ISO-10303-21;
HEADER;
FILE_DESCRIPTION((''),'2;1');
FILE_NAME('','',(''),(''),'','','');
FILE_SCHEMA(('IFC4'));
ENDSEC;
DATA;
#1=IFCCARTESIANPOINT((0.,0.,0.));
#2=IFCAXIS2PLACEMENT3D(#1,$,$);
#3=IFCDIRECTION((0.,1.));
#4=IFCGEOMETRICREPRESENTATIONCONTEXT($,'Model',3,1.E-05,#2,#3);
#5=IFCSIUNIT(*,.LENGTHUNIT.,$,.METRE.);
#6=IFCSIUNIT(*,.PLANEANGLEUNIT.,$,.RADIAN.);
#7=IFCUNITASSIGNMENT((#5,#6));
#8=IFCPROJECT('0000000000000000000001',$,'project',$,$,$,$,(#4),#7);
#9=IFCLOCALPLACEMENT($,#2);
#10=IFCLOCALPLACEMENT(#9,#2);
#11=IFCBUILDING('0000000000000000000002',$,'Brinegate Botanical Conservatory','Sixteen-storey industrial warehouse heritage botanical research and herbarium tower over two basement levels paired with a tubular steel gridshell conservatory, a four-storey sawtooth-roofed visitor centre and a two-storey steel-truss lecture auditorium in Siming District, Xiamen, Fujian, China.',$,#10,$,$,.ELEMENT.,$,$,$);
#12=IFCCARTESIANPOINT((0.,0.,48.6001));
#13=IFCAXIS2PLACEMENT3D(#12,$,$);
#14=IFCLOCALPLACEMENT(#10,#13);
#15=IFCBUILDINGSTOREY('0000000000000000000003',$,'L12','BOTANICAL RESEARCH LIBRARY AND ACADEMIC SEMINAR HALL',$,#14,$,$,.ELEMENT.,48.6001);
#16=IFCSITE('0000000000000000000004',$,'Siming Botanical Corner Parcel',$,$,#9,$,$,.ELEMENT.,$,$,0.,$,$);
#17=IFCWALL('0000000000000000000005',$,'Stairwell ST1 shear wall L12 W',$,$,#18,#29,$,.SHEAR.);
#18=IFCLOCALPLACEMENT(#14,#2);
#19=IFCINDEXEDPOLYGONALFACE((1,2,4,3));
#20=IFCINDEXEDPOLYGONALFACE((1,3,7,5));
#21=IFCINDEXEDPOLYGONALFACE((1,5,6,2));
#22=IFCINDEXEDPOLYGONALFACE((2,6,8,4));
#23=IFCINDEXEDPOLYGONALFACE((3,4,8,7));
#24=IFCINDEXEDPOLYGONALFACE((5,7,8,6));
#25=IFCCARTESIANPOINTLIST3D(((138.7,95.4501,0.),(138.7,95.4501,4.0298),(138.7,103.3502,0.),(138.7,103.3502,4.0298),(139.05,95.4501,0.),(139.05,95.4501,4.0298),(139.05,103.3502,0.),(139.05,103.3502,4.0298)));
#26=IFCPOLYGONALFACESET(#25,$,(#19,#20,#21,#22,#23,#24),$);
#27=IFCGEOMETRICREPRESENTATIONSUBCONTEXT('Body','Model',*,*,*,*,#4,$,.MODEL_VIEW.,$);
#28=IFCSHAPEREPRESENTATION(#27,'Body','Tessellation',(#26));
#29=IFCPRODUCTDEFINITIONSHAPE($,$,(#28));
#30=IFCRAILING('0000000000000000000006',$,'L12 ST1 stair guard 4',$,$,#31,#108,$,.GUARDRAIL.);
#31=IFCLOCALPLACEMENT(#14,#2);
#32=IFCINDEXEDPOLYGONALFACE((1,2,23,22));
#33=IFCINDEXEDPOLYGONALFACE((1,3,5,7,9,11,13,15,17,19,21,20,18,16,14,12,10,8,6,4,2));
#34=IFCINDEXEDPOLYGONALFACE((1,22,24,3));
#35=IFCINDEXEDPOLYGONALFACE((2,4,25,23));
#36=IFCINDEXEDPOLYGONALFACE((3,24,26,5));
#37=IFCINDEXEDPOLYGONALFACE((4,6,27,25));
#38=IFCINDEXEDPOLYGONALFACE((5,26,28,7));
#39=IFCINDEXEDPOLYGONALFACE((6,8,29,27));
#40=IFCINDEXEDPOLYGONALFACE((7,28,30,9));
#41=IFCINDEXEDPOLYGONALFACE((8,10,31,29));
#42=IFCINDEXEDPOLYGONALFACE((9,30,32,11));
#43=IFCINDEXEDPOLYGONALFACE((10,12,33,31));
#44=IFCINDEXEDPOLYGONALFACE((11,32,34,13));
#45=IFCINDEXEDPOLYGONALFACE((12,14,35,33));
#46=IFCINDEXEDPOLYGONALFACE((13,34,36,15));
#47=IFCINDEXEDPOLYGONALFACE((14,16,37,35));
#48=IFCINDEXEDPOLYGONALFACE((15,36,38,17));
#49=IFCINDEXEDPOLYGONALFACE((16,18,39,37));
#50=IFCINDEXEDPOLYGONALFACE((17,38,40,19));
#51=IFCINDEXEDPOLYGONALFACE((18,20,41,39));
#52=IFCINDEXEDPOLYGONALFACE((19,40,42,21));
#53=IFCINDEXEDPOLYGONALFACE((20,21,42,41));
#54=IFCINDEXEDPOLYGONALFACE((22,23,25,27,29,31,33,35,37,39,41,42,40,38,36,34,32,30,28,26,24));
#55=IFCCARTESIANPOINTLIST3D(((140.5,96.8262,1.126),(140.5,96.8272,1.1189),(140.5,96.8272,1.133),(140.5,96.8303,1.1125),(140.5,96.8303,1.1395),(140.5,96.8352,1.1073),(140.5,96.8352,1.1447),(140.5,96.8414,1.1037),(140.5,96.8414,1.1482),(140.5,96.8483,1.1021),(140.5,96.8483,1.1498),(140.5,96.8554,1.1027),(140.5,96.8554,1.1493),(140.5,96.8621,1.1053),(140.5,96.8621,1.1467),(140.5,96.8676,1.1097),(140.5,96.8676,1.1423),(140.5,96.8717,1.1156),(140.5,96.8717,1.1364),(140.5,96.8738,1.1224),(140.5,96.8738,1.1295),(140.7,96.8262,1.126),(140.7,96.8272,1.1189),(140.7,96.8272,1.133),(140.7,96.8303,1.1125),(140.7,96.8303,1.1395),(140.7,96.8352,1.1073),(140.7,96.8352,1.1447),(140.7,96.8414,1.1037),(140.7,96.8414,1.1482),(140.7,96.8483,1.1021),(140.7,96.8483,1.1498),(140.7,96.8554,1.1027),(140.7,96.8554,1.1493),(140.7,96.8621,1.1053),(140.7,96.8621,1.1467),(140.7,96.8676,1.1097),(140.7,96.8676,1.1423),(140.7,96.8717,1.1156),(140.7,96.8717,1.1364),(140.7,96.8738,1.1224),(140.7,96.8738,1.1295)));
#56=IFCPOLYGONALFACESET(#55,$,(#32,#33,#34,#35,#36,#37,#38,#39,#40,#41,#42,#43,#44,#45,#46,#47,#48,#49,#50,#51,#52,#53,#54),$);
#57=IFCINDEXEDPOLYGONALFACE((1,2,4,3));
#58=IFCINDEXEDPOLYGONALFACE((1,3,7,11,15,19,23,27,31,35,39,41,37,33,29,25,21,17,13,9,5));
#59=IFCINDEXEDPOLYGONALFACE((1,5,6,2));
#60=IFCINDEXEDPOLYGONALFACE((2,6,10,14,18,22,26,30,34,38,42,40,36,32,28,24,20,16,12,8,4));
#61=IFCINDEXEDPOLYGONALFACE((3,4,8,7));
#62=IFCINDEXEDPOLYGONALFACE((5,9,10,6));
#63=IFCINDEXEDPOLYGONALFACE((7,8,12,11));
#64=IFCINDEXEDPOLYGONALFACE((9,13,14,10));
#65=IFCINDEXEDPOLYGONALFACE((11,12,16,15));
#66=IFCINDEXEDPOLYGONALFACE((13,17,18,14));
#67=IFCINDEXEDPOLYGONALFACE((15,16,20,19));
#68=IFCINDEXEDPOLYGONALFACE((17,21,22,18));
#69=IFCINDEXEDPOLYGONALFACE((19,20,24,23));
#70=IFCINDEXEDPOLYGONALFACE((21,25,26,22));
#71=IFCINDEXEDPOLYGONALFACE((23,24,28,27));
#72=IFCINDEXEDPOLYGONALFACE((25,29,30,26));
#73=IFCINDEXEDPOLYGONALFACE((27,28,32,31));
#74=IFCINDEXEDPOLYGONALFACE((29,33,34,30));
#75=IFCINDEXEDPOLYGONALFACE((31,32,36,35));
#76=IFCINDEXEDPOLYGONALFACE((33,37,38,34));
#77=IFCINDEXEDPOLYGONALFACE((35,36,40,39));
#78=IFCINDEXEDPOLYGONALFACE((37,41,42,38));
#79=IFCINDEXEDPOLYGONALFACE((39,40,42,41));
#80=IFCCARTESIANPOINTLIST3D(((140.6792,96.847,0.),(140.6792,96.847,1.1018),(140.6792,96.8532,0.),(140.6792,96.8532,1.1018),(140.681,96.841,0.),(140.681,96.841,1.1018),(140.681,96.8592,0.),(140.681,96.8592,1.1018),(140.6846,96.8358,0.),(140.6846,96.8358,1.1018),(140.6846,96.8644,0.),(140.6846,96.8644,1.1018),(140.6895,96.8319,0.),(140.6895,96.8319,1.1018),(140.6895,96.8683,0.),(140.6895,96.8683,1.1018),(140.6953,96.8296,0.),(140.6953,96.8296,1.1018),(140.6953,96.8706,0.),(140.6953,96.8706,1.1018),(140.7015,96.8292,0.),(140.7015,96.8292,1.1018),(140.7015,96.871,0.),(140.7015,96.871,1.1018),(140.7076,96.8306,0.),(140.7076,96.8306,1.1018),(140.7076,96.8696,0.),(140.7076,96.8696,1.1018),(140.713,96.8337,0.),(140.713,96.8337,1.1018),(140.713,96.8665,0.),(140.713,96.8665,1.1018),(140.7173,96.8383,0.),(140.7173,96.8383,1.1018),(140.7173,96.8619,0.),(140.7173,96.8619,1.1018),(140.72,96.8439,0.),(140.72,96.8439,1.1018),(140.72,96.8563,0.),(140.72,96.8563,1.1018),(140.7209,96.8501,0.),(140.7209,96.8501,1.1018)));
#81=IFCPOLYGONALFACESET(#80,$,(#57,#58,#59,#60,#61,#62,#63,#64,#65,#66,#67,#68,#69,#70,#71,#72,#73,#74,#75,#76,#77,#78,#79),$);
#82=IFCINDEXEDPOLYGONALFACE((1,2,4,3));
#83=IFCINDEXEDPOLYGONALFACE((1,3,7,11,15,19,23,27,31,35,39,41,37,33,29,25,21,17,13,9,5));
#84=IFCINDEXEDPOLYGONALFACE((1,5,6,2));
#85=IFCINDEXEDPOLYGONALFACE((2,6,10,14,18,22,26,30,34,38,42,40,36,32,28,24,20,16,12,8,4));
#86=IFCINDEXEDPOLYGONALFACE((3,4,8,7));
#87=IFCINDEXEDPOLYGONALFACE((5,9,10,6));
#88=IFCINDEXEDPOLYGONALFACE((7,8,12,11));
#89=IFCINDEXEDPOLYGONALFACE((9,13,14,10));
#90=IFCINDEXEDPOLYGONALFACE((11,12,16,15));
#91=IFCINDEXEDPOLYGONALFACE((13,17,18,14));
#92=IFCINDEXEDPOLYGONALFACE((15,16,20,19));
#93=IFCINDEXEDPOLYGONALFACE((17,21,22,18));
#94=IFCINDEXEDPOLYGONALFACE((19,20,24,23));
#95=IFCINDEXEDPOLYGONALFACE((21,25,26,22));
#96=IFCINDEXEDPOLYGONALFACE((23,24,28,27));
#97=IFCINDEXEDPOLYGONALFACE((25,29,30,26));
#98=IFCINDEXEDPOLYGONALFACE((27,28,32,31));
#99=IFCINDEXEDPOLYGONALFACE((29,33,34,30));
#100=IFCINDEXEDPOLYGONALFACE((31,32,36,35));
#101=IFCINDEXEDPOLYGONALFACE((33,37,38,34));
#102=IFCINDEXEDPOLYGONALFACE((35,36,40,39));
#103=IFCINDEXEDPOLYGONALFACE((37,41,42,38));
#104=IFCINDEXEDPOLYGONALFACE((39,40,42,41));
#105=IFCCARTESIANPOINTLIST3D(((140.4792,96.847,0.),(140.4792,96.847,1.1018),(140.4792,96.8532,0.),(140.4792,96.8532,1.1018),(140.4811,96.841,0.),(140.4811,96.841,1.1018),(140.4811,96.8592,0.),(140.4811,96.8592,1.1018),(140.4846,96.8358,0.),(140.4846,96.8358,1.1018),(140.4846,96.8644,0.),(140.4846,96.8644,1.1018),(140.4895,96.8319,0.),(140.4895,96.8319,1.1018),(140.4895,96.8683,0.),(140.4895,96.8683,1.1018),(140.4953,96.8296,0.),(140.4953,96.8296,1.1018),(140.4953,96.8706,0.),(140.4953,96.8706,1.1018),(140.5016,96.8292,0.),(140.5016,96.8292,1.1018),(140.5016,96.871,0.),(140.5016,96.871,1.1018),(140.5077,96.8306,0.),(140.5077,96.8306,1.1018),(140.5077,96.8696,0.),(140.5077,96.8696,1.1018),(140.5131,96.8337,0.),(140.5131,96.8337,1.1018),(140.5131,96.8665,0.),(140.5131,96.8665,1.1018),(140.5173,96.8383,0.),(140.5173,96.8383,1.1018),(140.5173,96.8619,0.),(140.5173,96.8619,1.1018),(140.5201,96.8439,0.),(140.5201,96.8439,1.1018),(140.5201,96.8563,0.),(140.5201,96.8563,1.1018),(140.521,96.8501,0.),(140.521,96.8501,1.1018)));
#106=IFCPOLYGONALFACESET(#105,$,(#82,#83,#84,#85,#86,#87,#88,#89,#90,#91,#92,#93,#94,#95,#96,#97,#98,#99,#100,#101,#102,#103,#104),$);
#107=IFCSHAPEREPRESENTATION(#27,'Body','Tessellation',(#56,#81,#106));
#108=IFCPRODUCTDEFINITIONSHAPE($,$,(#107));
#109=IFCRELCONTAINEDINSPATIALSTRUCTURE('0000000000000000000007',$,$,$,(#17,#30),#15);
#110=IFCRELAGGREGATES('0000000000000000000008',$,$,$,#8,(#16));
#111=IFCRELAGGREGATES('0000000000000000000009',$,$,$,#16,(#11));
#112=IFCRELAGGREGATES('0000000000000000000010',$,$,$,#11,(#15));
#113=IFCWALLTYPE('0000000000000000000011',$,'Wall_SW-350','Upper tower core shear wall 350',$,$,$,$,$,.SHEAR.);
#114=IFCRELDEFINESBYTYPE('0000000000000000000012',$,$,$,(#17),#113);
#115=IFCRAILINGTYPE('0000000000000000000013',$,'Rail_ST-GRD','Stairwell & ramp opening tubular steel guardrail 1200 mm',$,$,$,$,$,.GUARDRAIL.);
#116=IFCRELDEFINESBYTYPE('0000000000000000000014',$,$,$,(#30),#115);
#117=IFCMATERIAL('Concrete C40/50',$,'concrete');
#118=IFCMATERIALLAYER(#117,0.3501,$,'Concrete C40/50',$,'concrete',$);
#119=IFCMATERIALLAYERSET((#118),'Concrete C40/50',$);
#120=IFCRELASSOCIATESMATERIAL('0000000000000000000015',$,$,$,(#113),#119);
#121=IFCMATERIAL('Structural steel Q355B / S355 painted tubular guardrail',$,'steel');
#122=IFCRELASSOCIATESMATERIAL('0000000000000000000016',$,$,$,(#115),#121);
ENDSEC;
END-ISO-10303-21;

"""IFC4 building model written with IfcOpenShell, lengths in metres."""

from ifc_helpers import new_model, si_unit, direction, frame, frame_2d, origin, origin_2d, place, context, subcontext, project, spatial, rectangle, circle, extrude, material, layer, layer_set, type_object, element, save


model = new_model("IFC4")

# Units and contexts
model_context = context("Model", 3, precision=1e-05, world=origin(), true_north=direction((0.0, 1.0)))
body_context = subcontext(model_context, "Body", "Model", "MODEL_VIEW")
ifc_project = project(units=[si_unit("LENGTHUNIT", "METRE"), si_unit("PLANEANGLEUNIT", "RADIAN")], contexts=[model_context])

# Site, building, storey
site_placement = place(None, origin())
site = spatial("IfcSite", under=ifc_project, at=site_placement, Name="Siming Botanical Corner Parcel", CompositionType="ELEMENT", RefElevation=0.0)
building_placement = place(site_placement, origin())
building = spatial("IfcBuilding", under=site, at=building_placement, Name="Brinegate Botanical Conservatory", Description="Sixteen-storey industrial warehouse heritage botanical research and herbarium tower over two basement levels paired with a tubular steel gridshell conservatory, a four-storey sawtooth-roofed visitor centre and a two-storey steel-truss lecture auditorium in Siming District, Xiamen, Fujian, China.", CompositionType="ELEMENT")
storey_placement = place(building_placement, frame((0.0, 0.0, 48.6001)))
storey = spatial("IfcBuildingStorey", under=building, at=storey_placement, Name="L12", Description="BOTANICAL RESEARCH LIBRARY AND ACADEMIC SEMINAR HALL", CompositionType="ELEMENT", Elevation=48.6001)

# Shared definitions
ifc_material_1 = material(Name="Concrete C40/50", Category="concrete")

# Wall
ifc_layer_1 = layer(ifc_material_1, 0.3501, Name="Concrete C40/50", Category="concrete")
ifc_layer_set_1 = layer_set([ifc_layer_1], Name="Concrete C40/50")
wall_type_1 = type_object("IfcWallType", Name="Wall_SW-350", Description="Upper tower core shear wall 350", PredefinedType="SHEAR", material=ifc_layer_set_1)
wall_1_placement = place(storey_placement, frame((138.875, 95.45, 0.0), z_axis=(0.0, 0.0, 1.0), x_axis=(0.0, 1.0, 0.0)))
element("IfcWall", 1, at=wall_1_placement, inside=storey, type_object=wall_type_1, Name="Stairwell ST1 shear wall L12 W", PredefinedType="SHEAR", context=body_context, shape_type="SweptSolid", body=[
    extrude(rectangle(XDim=7.9001, YDim=0.3501, at=frame_2d((3.9502, 0.0))), origin(), (0.0, 0.0, 1.0), 4.0298),
])

# Railing
ifc_material_2 = material(Name="Structural steel Q355B / S355 painted tubular guardrail", Category="steel")
railing_type = type_object("IfcRailingType", Name="Rail_ST-GRD", Description="Stairwell & ramp opening tubular steel guardrail 1200 mm", PredefinedType="GUARDRAIL", material=ifc_material_2)
railing_placement = place(storey_placement, frame((140.7, 96.8501, 0.0)))
element("IfcRailing", 2, at=railing_placement, inside=storey, type_object=railing_type, Name="L12 ST1 stair guard 4", PredefinedType="GUARDRAIL", context=body_context, shape_type="SweptSolid", body=[
    extrude(circle(Radius=0.0239, at=origin_2d()), frame((0.0, 0.0, 1.126), z_axis=(-1.0, 0.0, 0.0), x_axis=(0.0, -1.0, 0.0)), (0.0, 0.0, 1.0), 0.2),
    extrude(circle(Radius=0.021, at=origin_2d()), origin(), (0.0, 0.0, 1.0), 1.1018),
    extrude(circle(Radius=0.021, at=origin_2d()), frame((-0.2, 0.0, 0.0)), (0.0, 0.0, 1.0), 1.1018),
])

save(model, "model.ifc")
